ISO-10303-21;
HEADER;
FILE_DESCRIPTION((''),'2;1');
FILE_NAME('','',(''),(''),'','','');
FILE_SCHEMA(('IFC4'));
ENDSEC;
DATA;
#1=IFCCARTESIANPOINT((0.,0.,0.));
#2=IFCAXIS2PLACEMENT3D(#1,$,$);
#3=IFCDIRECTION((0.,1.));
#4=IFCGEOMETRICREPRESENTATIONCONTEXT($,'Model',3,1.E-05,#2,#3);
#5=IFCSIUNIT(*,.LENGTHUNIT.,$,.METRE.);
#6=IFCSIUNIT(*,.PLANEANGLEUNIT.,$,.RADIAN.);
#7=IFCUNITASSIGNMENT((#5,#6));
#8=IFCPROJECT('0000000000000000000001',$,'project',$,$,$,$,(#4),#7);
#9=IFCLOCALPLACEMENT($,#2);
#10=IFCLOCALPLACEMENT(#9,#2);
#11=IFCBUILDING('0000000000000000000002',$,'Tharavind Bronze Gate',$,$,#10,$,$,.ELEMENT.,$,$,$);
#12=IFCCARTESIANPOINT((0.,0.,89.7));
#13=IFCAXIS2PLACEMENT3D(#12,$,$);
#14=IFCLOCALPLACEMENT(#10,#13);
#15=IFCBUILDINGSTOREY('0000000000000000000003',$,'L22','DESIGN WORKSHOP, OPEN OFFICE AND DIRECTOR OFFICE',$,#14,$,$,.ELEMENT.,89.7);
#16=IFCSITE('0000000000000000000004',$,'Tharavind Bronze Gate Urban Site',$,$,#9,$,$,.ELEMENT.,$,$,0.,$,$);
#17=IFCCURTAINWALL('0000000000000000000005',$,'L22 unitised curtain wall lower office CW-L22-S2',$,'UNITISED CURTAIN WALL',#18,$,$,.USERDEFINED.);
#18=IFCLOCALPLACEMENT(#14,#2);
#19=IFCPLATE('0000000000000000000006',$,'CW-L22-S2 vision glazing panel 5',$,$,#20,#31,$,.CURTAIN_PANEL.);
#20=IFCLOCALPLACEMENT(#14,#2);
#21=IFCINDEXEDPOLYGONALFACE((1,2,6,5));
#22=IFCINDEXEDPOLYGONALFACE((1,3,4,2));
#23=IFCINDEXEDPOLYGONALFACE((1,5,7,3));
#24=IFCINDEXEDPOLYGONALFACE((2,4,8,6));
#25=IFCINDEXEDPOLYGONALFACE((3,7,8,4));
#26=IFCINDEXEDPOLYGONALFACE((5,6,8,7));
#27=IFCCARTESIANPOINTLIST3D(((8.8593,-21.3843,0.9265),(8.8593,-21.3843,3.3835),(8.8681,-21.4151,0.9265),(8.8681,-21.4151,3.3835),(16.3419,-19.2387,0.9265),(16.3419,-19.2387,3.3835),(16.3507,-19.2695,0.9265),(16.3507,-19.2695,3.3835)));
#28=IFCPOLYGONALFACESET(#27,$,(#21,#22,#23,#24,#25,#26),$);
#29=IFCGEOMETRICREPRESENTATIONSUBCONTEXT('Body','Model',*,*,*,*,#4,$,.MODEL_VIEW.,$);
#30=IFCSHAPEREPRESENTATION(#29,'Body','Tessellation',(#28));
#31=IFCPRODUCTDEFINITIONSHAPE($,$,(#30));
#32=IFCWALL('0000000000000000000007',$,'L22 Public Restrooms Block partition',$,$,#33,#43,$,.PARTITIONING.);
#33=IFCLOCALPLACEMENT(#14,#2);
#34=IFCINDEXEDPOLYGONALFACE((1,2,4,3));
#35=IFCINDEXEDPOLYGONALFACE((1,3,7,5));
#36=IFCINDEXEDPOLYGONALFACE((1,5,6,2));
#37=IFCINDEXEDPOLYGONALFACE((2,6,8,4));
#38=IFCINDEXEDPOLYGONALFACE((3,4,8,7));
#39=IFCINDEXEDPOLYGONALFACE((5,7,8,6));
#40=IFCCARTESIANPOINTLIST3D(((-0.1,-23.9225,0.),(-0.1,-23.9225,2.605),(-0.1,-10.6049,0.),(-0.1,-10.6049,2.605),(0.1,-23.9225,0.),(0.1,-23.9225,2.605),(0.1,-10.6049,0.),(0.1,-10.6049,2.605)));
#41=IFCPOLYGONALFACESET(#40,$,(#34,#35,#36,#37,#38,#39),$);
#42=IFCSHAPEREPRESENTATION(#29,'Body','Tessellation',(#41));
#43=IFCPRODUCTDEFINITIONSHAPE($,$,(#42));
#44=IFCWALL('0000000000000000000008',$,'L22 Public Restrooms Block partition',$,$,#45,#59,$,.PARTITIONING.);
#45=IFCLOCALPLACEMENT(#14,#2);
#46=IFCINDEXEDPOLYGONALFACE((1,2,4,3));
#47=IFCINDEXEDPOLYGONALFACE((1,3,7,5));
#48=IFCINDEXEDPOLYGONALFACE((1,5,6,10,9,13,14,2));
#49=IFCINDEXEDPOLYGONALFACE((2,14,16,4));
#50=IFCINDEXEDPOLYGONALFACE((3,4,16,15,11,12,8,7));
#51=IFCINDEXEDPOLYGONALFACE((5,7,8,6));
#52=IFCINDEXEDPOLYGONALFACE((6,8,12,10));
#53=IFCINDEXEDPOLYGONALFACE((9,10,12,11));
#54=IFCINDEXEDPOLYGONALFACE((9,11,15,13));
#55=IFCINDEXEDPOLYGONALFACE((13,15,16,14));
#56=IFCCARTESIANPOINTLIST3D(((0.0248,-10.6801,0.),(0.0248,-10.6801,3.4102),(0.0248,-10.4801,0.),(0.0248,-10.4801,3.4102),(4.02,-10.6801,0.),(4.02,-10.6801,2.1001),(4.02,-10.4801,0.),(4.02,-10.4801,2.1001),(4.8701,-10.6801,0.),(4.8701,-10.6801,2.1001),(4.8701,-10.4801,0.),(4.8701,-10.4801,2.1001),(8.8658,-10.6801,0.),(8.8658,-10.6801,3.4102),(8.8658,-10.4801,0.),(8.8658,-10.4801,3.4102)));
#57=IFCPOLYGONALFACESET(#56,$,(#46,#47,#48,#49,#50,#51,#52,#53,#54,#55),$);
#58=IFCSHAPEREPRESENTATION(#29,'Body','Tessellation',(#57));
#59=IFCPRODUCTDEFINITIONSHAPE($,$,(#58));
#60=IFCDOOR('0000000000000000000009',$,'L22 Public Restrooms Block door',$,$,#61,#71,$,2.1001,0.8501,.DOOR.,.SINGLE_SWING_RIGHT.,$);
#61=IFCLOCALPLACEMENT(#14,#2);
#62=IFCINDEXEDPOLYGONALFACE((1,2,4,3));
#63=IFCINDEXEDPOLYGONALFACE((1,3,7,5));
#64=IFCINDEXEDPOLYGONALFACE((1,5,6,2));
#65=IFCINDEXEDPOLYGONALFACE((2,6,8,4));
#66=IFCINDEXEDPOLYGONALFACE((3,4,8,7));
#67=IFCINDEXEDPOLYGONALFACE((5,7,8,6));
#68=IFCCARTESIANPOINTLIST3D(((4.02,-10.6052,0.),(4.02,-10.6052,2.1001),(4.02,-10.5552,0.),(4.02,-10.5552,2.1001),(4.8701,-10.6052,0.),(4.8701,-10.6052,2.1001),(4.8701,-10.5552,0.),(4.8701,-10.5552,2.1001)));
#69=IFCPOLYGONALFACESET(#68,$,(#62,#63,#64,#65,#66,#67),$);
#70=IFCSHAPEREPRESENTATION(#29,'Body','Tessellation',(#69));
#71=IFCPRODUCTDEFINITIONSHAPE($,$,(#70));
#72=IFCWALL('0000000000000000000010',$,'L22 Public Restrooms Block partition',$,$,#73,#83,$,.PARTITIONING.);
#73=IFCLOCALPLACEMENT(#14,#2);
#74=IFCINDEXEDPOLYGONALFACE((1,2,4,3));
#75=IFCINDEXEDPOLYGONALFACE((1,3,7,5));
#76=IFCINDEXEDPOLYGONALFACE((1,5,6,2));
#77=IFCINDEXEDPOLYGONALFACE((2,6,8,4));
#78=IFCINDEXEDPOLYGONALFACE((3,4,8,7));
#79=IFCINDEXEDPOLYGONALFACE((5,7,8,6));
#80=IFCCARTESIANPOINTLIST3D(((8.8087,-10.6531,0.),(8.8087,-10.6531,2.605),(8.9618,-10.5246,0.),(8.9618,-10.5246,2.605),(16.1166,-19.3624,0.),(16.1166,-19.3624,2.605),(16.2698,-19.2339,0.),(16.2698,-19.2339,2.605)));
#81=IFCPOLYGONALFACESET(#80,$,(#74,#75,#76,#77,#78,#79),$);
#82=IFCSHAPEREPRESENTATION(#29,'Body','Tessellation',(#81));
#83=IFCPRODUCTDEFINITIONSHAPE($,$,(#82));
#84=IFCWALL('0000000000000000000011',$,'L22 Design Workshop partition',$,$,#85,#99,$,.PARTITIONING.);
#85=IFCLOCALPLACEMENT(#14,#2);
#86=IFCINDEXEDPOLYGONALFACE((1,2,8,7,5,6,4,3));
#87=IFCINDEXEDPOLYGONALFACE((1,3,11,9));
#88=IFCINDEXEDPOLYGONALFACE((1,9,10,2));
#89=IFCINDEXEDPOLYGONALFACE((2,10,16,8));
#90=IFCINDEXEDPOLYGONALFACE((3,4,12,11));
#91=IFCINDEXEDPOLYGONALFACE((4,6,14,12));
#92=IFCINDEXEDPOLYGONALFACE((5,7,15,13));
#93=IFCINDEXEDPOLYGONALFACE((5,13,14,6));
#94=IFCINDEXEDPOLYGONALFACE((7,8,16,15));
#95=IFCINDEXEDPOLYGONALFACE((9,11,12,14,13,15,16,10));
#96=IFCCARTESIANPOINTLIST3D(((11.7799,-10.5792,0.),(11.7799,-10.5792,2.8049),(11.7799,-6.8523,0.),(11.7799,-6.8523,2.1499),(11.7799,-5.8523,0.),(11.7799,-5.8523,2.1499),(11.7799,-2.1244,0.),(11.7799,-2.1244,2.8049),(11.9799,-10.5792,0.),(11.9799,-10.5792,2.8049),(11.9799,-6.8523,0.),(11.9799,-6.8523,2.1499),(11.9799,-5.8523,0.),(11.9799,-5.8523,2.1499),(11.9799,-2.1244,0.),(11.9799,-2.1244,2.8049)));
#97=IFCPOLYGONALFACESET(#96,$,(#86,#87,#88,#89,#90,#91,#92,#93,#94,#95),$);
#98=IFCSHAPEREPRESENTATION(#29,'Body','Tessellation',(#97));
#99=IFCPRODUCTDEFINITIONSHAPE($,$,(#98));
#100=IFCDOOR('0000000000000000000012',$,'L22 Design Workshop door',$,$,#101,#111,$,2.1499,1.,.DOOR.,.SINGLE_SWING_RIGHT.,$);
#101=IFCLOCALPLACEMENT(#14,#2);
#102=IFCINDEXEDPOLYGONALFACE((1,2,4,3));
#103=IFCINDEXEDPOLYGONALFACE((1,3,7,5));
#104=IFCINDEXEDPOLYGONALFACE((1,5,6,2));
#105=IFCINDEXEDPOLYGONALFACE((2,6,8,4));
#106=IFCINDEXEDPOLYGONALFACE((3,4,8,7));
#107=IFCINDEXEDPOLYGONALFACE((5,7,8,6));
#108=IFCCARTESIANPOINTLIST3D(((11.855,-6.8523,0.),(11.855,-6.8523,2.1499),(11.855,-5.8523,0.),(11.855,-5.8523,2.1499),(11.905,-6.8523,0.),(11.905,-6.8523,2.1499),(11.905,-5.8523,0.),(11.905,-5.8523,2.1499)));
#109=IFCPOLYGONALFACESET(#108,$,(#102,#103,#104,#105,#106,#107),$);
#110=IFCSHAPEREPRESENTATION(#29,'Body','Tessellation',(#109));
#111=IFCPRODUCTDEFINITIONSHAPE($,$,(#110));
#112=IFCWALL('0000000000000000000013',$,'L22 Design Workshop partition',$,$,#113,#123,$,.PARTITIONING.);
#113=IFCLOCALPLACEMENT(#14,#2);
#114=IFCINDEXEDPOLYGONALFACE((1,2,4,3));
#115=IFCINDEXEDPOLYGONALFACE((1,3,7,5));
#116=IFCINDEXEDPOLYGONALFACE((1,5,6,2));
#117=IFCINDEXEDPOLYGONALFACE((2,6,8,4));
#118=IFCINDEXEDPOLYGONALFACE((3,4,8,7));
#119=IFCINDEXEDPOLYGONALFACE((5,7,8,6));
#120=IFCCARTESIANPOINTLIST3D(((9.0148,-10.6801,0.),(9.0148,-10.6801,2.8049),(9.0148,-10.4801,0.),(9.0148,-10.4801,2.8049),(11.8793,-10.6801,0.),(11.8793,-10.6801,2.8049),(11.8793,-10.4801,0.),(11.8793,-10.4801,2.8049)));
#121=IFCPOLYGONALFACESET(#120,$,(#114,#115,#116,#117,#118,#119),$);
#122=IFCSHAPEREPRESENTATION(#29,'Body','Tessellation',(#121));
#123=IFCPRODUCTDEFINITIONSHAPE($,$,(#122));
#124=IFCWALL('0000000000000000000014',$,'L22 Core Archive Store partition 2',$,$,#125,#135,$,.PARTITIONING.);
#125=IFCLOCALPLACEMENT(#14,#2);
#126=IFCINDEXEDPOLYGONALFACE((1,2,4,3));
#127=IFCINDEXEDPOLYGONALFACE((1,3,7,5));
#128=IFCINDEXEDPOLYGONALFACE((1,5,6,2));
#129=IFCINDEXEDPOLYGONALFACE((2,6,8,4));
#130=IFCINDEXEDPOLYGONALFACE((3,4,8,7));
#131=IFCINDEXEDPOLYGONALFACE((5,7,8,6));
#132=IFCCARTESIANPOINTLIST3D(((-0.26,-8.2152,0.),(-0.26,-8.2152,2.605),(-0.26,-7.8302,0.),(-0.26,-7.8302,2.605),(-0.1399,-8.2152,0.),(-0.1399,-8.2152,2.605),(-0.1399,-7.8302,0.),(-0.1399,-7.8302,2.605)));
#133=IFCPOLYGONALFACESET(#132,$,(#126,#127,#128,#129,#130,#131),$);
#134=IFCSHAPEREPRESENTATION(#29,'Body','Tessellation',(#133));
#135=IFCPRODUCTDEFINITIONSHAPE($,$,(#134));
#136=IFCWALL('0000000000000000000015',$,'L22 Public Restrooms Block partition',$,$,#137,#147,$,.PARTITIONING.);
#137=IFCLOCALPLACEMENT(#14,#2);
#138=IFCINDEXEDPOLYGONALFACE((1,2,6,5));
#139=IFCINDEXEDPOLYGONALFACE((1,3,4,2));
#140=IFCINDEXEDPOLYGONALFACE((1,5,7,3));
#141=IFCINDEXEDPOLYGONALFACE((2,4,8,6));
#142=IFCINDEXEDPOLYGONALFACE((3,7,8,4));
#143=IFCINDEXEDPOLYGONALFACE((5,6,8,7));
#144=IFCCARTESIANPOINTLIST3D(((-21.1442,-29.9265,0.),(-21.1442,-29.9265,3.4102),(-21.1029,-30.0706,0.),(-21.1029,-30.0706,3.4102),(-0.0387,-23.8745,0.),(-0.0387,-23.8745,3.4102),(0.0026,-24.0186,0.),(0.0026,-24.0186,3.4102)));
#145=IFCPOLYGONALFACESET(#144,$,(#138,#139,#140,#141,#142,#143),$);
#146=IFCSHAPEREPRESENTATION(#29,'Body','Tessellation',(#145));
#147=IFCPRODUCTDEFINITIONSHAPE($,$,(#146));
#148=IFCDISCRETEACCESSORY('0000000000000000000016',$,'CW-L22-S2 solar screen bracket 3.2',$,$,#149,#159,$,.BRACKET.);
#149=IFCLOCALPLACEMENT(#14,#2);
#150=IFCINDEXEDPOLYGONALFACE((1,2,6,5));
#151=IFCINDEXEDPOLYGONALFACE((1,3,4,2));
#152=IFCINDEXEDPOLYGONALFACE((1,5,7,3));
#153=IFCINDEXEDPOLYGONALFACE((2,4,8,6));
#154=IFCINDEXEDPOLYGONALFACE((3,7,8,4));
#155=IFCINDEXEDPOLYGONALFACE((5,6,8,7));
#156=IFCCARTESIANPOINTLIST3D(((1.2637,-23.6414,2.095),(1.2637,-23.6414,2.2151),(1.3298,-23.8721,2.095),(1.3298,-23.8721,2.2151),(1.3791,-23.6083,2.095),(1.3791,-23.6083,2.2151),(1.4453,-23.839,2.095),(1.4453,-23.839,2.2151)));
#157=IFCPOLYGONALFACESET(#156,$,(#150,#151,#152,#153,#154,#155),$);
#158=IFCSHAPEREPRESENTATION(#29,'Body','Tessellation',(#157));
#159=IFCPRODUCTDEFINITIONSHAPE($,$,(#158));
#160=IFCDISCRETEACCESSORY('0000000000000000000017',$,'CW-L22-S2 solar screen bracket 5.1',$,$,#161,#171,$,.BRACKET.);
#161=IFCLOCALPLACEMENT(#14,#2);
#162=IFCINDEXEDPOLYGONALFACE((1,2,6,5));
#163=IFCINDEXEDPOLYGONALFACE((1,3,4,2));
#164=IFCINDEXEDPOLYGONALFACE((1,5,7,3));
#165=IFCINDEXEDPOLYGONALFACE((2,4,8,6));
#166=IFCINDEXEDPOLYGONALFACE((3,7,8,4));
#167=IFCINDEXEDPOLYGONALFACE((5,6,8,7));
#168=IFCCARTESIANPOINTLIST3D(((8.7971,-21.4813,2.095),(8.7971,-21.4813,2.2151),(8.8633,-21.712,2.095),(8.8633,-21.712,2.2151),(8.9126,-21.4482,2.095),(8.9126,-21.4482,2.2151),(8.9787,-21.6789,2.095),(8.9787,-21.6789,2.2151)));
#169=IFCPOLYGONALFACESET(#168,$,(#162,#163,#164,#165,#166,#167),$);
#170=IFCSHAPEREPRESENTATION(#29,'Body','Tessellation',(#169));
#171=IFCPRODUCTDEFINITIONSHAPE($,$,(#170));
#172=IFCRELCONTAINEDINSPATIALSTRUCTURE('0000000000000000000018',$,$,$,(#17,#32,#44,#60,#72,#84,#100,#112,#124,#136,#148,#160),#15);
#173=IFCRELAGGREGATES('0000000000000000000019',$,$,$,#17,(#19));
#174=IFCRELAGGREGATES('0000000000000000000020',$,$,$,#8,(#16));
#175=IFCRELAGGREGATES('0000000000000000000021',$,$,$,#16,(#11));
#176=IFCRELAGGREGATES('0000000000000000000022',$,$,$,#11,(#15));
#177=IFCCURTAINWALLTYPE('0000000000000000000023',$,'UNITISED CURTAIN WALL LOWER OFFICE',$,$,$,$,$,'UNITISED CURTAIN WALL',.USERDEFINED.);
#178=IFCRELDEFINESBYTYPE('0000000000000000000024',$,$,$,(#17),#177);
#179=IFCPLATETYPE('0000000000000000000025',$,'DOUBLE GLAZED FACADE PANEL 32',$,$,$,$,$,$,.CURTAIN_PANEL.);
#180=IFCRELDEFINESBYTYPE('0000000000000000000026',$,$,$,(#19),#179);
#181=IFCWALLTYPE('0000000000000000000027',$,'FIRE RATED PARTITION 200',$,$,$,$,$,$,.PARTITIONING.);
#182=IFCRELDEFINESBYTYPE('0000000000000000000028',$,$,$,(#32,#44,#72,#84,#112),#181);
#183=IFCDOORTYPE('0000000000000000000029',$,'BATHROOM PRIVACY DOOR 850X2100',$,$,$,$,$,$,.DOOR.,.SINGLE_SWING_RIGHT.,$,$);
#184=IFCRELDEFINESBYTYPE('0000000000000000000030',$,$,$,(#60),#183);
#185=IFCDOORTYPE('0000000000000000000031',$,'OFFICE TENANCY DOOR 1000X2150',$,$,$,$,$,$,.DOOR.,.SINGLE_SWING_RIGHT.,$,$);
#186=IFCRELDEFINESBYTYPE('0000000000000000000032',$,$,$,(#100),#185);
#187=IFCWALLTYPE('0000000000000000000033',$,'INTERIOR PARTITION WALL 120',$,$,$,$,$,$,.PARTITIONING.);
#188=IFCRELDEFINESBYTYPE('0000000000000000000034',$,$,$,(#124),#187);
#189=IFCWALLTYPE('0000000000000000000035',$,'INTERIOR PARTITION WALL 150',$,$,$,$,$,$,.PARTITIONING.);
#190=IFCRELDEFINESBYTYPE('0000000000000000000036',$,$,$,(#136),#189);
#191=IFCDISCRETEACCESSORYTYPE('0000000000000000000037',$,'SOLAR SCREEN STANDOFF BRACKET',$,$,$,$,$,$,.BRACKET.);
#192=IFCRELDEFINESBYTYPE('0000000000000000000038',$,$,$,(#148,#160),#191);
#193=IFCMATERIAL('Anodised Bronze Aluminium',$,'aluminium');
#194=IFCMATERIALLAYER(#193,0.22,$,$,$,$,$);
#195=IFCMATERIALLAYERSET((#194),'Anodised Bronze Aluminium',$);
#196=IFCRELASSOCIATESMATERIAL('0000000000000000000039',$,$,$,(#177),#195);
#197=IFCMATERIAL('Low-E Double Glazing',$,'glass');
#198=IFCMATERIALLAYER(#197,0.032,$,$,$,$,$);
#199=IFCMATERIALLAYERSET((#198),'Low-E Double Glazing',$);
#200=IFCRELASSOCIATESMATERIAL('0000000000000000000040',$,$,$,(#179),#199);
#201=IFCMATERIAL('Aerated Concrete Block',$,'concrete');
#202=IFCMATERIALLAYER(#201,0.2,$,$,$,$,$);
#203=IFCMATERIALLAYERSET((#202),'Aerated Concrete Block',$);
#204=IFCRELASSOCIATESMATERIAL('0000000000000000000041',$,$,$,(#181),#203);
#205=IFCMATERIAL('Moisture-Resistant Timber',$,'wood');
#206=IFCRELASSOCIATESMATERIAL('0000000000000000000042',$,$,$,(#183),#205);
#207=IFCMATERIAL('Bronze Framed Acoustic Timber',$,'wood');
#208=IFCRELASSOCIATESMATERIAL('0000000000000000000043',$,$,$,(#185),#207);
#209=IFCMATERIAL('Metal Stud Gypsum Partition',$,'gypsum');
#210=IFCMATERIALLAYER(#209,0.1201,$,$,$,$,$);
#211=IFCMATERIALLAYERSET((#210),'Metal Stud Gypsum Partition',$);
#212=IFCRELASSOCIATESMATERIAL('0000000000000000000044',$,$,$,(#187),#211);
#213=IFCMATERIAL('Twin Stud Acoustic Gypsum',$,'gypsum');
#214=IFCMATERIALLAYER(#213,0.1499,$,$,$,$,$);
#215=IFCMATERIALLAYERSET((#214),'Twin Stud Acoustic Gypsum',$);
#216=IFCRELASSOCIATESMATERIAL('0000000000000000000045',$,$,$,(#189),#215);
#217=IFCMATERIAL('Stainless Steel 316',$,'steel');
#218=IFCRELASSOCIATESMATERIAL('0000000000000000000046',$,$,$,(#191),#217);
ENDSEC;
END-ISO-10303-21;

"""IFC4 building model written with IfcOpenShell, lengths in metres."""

from ifc_helpers import new_model, si_unit, direction, frame, frame_2d, origin, origin_2d, place, context, subcontext, project, spatial, rectangle, extrude, material, layer, layer_set, type_object, element, fill, aggregate, save


model = new_model("IFC4")

# Units and contexts
model_context = context("Model", 3, precision=1e-05, world=origin(), true_north=direction((0.0, 1.0)))
body_context = subcontext(model_context, "Body", "Model", "MODEL_VIEW")
ifc_project = project(units=[si_unit("LENGTHUNIT", "METRE"), si_unit("PLANEANGLEUNIT", "RADIAN")], contexts=[model_context])

# Site, building, storey
site_placement = place(None, origin())
site = spatial("IfcSite", under=ifc_project, at=site_placement, Name="Tharavind Bronze Gate Urban Site", CompositionType="ELEMENT", RefElevation=0.0)
building_placement = place(site_placement, origin())
building = spatial("IfcBuilding", under=site, at=building_placement, Name="Tharavind Bronze Gate", CompositionType="ELEMENT")
storey_placement = place(building_placement, frame((0.0, 0.0, 89.7)))
storey = spatial("IfcBuildingStorey", under=building, at=storey_placement, Name="L22", Description="DESIGN WORKSHOP, OPEN OFFICE AND DIRECTOR OFFICE", CompositionType="ELEMENT", Elevation=89.7)

# Curtain wall
ifc_material_1 = material(Name="Anodised Bronze Aluminium", Category="aluminium")
ifc_layer_1 = layer(ifc_material_1, 0.22)
ifc_layer_set_1 = layer_set([ifc_layer_1], Name="Anodised Bronze Aluminium")
curtain_wall_type = type_object("IfcCurtainWallType", Name="UNITISED CURTAIN WALL LOWER OFFICE", ElementType="UNITISED CURTAIN WALL", PredefinedType="USERDEFINED", material=ifc_layer_set_1)
curtain_wall_placement = place(storey_placement, origin())
curtain_wall = element("IfcCurtainWall", 1, at=curtain_wall_placement, inside=storey, type_object=curtain_wall_type, Name="L22 unitised curtain wall lower office CW-L22-S2", ObjectType="UNITISED CURTAIN WALL", PredefinedType="USERDEFINED")

# Plate
ifc_material_2 = material(Name="Low-E Double Glazing", Category="glass")
ifc_layer_2 = layer(ifc_material_2, 0.032)
ifc_layer_set_2 = layer_set([ifc_layer_2], Name="Low-E Double Glazing")
plate_type_1 = type_object("IfcPlateType", Name="DOUBLE GLAZED FACADE PANEL 32", PredefinedType="CURTAIN_PANEL", material=ifc_layer_set_2)
plate_1_placement = place(storey_placement, frame((12.605, -20.3269, 0.9265), z_axis=(0.0, 0.0, 1.0), x_axis=(0.961262, 0.275637, 0.0)))
plate_1 = element("IfcPlate", 2, at=plate_1_placement, type_object=plate_type_1, Name="CW-L22-S2 vision glazing panel 5", PredefinedType="CURTAIN_PANEL", context=body_context, shape_type="SweptSolid", body=[
    extrude(rectangle(XDim=7.7842, YDim=0.032, at=origin_2d()), origin(), (0.0, 0.0, 1.0), 2.457),
])
aggregate(curtain_wall, [plate_1])

# Wall
ifc_material_3 = material(Name="Aerated Concrete Block", Category="concrete")
ifc_layer_3 = layer(ifc_material_3, 0.2)
ifc_layer_set_3 = layer_set([ifc_layer_3], Name="Aerated Concrete Block")
wall_type_1 = type_object("IfcWallType", Name="FIRE RATED PARTITION 200", PredefinedType="PARTITIONING", material=ifc_layer_set_3)
wall_1_placement = place(storey_placement, frame((0.0, -10.605, 0.0), z_axis=(0.0, 0.0, 1.0), x_axis=(0.0, -1.0, 0.0)))
element("IfcWall", 3, at=wall_1_placement, inside=storey, type_object=wall_type_1, Name="L22 Public Restrooms Block partition", PredefinedType="PARTITIONING", context=body_context, shape_type="SweptSolid", body=[
    extrude(rectangle(XDim=13.3176, YDim=0.2, at=frame_2d((6.6587, 0.0))), origin(), (0.0, 0.0, 1.0), 2.605),
])

# Wall, opening, door
wall_2_placement = place(storey_placement, frame((0.0249, -10.5801, 0.0), z_axis=(0.0, 0.0, 1.0), x_axis=(1.0, 0.0, 0.0)))
wall_2 = element("IfcWall", 4, at=wall_2_placement, inside=storey, type_object=wall_type_1, Name="L22 Public Restrooms Block partition", PredefinedType="PARTITIONING", context=body_context, shape_type="SweptSolid", body=[
    extrude(rectangle(XDim=8.8411, YDim=0.2, at=frame_2d((4.4204, 0.0))), origin(), (0.0, 0.0, 1.0), 3.4102),
])
opening_1_placement = place(wall_2_placement, frame((3.9951, 0.0, 0.0)))
opening_1 = element("IfcOpeningElement", 5, at=opening_1_placement, cuts=wall_2, PredefinedType="OPENING", context=body_context, shape_type="SweptSolid", body=[
    extrude(rectangle(XDim=0.8501, YDim=2.1001, at=frame_2d((0.425, 1.05))), frame((0.0, 0.1101, 0.0), z_axis=(0.0, -1.0, 0.0), x_axis=(1.0, 0.0, 0.0)), (0.0, 0.0, 1.0), 0.22),
])
ifc_material_4 = material(Name="Moisture-Resistant Timber", Category="wood")
door_type_1 = type_object("IfcDoorType", Name="BATHROOM PRIVACY DOOR 850X2100", OperationType="SINGLE_SWING_RIGHT", PredefinedType="DOOR", material=ifc_material_4)
door_1_placement = place(opening_1_placement, origin())
door_1 = element("IfcDoor", 6, at=door_1_placement, inside=storey, type_object=door_type_1, Name="L22 Public Restrooms Block door", OperationType="SINGLE_SWING_RIGHT", OverallHeight=2.1001, OverallWidth=0.8501, PredefinedType="DOOR", context=body_context, shape_type="SweptSolid", body=[
    extrude(rectangle(XDim=0.8501, YDim=2.1001, at=frame_2d((0.425, 1.05))), frame((0.0, 0.0249, 0.0), z_axis=(0.0, -1.0, 0.0), x_axis=(1.0, 0.0, 0.0)), (0.0, 0.0, 1.0), 0.05),
])
fill(opening_1, door_1)

# Wall
wall_3_placement = place(storey_placement, frame((8.8853, -10.5889, 0.0), z_axis=(0.0, 0.0, 1.0), x_axis=(0.642785, -0.766047, 0.0)))
element("IfcWall", 7, at=wall_3_placement, inside=storey, type_object=wall_type_1, Name="L22 Public Restrooms Block partition", PredefinedType="PARTITIONING", context=body_context, shape_type="SweptSolid", body=[
    extrude(rectangle(XDim=11.3691, YDim=0.2, at=frame_2d((5.6846, 0.0))), origin(), (0.0, 0.0, 1.0), 2.605),
])

# Wall, opening, door
wall_4_placement = place(storey_placement, frame((11.8799, -10.5793, 0.0), z_axis=(0.0, 0.0, 1.0), x_axis=(0.0, 1.0, 0.0)))
wall_4 = element("IfcWall", 8, at=wall_4_placement, inside=storey, type_object=wall_type_1, Name="L22 Design Workshop partition", PredefinedType="PARTITIONING", context=body_context, shape_type="SweptSolid", body=[
    extrude(rectangle(XDim=8.4548, YDim=0.2, at=frame_2d((4.2275, 0.0))), origin(), (0.0, 0.0, 1.0), 2.8049),
])
opening_2_placement = place(wall_4_placement, frame((3.7271, 0.0, 0.0)))
opening_2 = element("IfcOpeningElement", 9, at=opening_2_placement, cuts=wall_4, PredefinedType="OPENING", context=body_context, shape_type="SweptSolid", body=[
    extrude(rectangle(XDim=1.0, YDim=2.1499, at=frame_2d((0.5, 1.075))), frame((0.0, 0.1101, 0.0), z_axis=(0.0, -1.0, 0.0), x_axis=(1.0, 0.0, 0.0)), (0.0, 0.0, 1.0), 0.22),
])
ifc_material_5 = material(Name="Bronze Framed Acoustic Timber", Category="wood")
door_type_2 = type_object("IfcDoorType", Name="OFFICE TENANCY DOOR 1000X2150", OperationType="SINGLE_SWING_RIGHT", PredefinedType="DOOR", material=ifc_material_5)
door_2_placement = place(opening_2_placement, origin())
door_2 = element("IfcDoor", 10, at=door_2_placement, inside=storey, type_object=door_type_2, Name="L22 Design Workshop door", OperationType="SINGLE_SWING_RIGHT", OverallHeight=2.1499, OverallWidth=1.0, PredefinedType="DOOR", context=body_context, shape_type="SweptSolid", body=[
    extrude(rectangle(XDim=1.0, YDim=2.1499, at=frame_2d((0.5, 1.075))), frame((0.0, 0.0249, 0.0), z_axis=(0.0, -1.0, 0.0), x_axis=(1.0, 0.0, 0.0)), (0.0, 0.0, 1.0), 0.05),
])
fill(opening_2, door_2)

# Walls
wall_5_placement = place(storey_placement, frame((9.0149, -10.5801, 0.0), z_axis=(0.0, 0.0, 1.0), x_axis=(1.0, 0.0, 0.0)))
element("IfcWall", 11, at=wall_5_placement, inside=storey, type_object=wall_type_1, Name="L22 Design Workshop partition", PredefinedType="PARTITIONING", context=body_context, shape_type="SweptSolid", body=[
    extrude(rectangle(XDim=2.8645, YDim=0.2, at=frame_2d((1.4321, 0.0))), origin(), (0.0, 0.0, 1.0), 2.8049),
])
ifc_material_6 = material(Name="Metal Stud Gypsum Partition", Category="gypsum")
ifc_layer_4 = layer(ifc_material_6, 0.1201)
ifc_layer_set_4 = layer_set([ifc_layer_4], Name="Metal Stud Gypsum Partition")
wall_type_2 = type_object("IfcWallType", Name="INTERIOR PARTITION WALL 120", PredefinedType="PARTITIONING", material=ifc_layer_set_4)
wall_6_placement = place(storey_placement, frame((-0.2, -8.2151, 0.0), z_axis=(0.0, 0.0, 1.0), x_axis=(0.0, 1.0, 0.0)))
element("IfcWall", 12, at=wall_6_placement, inside=storey, type_object=wall_type_2, Name="L22 Core Archive Store partition 2", PredefinedType="PARTITIONING", context=body_context, shape_type="SweptSolid", body=[
    extrude(rectangle(XDim=0.385, YDim=0.1201, at=frame_2d((0.1924, 0.0))), origin(), (0.0, 0.0, 1.0), 2.605),
])
ifc_material_7 = material(Name="Twin Stud Acoustic Gypsum", Category="gypsum")
ifc_layer_5 = layer(ifc_material_7, 0.1499)
ifc_layer_set_5 = layer_set([ifc_layer_5], Name="Twin Stud Acoustic Gypsum")
wall_type_3 = type_object("IfcWallType", Name="INTERIOR PARTITION WALL 150", PredefinedType="PARTITIONING", material=ifc_layer_set_5)
wall_7_placement = place(storey_placement, frame((-0.0181, -23.9465, 0.0), z_axis=(0.0, 0.0, 1.0), x_axis=(-0.96126, -0.275642, 0.0)))
element("IfcWall", 13, at=wall_7_placement, inside=storey, type_object=wall_type_3, Name="L22 Public Restrooms Block partition", PredefinedType="PARTITIONING", context=body_context, shape_type="SweptSolid", body=[
    extrude(rectangle(XDim=21.9561, YDim=0.1499, at=frame_2d((10.978, 0.0))), origin(), (0.0, 0.0, 1.0), 3.4102),
])

# Discrete accessories
ifc_material_8 = material(Name="Stainless Steel 316", Category="steel")
discrete_accessory_type = type_object("IfcDiscreteAccessoryType", Name="SOLAR SCREEN STANDOFF BRACKET", PredefinedType="BRACKET", material=ifc_material_8)
for number, where, z_axis, x_axis, name in (
    (14, (1.3545, -23.7402, 2.095), (0.0, 0.0, 1.0), (0.961262, 0.275637, 0.0), "CW-L22-S2 solar screen bracket 3.2"),
    (15, (8.8879, -21.5801, 2.095), (0.0, 0.0, 1.0), (0.961262, 0.275637, 0.0), "CW-L22-S2 solar screen bracket 5.1"),
):
    element("IfcDiscreteAccessory", number, at=place(storey_placement, frame(where, z_axis=z_axis, x_axis=x_axis)), inside=storey, type_object=discrete_accessory_type, Name=name, PredefinedType="BRACKET", context=body_context, shape_type="SweptSolid", body=[
        extrude(rectangle(XDim=0.1201, YDim=0.24, at=origin_2d()), origin(), (0.0, 0.0, 1.0), 0.1201),
    ])

save(model, "model.ifc")
